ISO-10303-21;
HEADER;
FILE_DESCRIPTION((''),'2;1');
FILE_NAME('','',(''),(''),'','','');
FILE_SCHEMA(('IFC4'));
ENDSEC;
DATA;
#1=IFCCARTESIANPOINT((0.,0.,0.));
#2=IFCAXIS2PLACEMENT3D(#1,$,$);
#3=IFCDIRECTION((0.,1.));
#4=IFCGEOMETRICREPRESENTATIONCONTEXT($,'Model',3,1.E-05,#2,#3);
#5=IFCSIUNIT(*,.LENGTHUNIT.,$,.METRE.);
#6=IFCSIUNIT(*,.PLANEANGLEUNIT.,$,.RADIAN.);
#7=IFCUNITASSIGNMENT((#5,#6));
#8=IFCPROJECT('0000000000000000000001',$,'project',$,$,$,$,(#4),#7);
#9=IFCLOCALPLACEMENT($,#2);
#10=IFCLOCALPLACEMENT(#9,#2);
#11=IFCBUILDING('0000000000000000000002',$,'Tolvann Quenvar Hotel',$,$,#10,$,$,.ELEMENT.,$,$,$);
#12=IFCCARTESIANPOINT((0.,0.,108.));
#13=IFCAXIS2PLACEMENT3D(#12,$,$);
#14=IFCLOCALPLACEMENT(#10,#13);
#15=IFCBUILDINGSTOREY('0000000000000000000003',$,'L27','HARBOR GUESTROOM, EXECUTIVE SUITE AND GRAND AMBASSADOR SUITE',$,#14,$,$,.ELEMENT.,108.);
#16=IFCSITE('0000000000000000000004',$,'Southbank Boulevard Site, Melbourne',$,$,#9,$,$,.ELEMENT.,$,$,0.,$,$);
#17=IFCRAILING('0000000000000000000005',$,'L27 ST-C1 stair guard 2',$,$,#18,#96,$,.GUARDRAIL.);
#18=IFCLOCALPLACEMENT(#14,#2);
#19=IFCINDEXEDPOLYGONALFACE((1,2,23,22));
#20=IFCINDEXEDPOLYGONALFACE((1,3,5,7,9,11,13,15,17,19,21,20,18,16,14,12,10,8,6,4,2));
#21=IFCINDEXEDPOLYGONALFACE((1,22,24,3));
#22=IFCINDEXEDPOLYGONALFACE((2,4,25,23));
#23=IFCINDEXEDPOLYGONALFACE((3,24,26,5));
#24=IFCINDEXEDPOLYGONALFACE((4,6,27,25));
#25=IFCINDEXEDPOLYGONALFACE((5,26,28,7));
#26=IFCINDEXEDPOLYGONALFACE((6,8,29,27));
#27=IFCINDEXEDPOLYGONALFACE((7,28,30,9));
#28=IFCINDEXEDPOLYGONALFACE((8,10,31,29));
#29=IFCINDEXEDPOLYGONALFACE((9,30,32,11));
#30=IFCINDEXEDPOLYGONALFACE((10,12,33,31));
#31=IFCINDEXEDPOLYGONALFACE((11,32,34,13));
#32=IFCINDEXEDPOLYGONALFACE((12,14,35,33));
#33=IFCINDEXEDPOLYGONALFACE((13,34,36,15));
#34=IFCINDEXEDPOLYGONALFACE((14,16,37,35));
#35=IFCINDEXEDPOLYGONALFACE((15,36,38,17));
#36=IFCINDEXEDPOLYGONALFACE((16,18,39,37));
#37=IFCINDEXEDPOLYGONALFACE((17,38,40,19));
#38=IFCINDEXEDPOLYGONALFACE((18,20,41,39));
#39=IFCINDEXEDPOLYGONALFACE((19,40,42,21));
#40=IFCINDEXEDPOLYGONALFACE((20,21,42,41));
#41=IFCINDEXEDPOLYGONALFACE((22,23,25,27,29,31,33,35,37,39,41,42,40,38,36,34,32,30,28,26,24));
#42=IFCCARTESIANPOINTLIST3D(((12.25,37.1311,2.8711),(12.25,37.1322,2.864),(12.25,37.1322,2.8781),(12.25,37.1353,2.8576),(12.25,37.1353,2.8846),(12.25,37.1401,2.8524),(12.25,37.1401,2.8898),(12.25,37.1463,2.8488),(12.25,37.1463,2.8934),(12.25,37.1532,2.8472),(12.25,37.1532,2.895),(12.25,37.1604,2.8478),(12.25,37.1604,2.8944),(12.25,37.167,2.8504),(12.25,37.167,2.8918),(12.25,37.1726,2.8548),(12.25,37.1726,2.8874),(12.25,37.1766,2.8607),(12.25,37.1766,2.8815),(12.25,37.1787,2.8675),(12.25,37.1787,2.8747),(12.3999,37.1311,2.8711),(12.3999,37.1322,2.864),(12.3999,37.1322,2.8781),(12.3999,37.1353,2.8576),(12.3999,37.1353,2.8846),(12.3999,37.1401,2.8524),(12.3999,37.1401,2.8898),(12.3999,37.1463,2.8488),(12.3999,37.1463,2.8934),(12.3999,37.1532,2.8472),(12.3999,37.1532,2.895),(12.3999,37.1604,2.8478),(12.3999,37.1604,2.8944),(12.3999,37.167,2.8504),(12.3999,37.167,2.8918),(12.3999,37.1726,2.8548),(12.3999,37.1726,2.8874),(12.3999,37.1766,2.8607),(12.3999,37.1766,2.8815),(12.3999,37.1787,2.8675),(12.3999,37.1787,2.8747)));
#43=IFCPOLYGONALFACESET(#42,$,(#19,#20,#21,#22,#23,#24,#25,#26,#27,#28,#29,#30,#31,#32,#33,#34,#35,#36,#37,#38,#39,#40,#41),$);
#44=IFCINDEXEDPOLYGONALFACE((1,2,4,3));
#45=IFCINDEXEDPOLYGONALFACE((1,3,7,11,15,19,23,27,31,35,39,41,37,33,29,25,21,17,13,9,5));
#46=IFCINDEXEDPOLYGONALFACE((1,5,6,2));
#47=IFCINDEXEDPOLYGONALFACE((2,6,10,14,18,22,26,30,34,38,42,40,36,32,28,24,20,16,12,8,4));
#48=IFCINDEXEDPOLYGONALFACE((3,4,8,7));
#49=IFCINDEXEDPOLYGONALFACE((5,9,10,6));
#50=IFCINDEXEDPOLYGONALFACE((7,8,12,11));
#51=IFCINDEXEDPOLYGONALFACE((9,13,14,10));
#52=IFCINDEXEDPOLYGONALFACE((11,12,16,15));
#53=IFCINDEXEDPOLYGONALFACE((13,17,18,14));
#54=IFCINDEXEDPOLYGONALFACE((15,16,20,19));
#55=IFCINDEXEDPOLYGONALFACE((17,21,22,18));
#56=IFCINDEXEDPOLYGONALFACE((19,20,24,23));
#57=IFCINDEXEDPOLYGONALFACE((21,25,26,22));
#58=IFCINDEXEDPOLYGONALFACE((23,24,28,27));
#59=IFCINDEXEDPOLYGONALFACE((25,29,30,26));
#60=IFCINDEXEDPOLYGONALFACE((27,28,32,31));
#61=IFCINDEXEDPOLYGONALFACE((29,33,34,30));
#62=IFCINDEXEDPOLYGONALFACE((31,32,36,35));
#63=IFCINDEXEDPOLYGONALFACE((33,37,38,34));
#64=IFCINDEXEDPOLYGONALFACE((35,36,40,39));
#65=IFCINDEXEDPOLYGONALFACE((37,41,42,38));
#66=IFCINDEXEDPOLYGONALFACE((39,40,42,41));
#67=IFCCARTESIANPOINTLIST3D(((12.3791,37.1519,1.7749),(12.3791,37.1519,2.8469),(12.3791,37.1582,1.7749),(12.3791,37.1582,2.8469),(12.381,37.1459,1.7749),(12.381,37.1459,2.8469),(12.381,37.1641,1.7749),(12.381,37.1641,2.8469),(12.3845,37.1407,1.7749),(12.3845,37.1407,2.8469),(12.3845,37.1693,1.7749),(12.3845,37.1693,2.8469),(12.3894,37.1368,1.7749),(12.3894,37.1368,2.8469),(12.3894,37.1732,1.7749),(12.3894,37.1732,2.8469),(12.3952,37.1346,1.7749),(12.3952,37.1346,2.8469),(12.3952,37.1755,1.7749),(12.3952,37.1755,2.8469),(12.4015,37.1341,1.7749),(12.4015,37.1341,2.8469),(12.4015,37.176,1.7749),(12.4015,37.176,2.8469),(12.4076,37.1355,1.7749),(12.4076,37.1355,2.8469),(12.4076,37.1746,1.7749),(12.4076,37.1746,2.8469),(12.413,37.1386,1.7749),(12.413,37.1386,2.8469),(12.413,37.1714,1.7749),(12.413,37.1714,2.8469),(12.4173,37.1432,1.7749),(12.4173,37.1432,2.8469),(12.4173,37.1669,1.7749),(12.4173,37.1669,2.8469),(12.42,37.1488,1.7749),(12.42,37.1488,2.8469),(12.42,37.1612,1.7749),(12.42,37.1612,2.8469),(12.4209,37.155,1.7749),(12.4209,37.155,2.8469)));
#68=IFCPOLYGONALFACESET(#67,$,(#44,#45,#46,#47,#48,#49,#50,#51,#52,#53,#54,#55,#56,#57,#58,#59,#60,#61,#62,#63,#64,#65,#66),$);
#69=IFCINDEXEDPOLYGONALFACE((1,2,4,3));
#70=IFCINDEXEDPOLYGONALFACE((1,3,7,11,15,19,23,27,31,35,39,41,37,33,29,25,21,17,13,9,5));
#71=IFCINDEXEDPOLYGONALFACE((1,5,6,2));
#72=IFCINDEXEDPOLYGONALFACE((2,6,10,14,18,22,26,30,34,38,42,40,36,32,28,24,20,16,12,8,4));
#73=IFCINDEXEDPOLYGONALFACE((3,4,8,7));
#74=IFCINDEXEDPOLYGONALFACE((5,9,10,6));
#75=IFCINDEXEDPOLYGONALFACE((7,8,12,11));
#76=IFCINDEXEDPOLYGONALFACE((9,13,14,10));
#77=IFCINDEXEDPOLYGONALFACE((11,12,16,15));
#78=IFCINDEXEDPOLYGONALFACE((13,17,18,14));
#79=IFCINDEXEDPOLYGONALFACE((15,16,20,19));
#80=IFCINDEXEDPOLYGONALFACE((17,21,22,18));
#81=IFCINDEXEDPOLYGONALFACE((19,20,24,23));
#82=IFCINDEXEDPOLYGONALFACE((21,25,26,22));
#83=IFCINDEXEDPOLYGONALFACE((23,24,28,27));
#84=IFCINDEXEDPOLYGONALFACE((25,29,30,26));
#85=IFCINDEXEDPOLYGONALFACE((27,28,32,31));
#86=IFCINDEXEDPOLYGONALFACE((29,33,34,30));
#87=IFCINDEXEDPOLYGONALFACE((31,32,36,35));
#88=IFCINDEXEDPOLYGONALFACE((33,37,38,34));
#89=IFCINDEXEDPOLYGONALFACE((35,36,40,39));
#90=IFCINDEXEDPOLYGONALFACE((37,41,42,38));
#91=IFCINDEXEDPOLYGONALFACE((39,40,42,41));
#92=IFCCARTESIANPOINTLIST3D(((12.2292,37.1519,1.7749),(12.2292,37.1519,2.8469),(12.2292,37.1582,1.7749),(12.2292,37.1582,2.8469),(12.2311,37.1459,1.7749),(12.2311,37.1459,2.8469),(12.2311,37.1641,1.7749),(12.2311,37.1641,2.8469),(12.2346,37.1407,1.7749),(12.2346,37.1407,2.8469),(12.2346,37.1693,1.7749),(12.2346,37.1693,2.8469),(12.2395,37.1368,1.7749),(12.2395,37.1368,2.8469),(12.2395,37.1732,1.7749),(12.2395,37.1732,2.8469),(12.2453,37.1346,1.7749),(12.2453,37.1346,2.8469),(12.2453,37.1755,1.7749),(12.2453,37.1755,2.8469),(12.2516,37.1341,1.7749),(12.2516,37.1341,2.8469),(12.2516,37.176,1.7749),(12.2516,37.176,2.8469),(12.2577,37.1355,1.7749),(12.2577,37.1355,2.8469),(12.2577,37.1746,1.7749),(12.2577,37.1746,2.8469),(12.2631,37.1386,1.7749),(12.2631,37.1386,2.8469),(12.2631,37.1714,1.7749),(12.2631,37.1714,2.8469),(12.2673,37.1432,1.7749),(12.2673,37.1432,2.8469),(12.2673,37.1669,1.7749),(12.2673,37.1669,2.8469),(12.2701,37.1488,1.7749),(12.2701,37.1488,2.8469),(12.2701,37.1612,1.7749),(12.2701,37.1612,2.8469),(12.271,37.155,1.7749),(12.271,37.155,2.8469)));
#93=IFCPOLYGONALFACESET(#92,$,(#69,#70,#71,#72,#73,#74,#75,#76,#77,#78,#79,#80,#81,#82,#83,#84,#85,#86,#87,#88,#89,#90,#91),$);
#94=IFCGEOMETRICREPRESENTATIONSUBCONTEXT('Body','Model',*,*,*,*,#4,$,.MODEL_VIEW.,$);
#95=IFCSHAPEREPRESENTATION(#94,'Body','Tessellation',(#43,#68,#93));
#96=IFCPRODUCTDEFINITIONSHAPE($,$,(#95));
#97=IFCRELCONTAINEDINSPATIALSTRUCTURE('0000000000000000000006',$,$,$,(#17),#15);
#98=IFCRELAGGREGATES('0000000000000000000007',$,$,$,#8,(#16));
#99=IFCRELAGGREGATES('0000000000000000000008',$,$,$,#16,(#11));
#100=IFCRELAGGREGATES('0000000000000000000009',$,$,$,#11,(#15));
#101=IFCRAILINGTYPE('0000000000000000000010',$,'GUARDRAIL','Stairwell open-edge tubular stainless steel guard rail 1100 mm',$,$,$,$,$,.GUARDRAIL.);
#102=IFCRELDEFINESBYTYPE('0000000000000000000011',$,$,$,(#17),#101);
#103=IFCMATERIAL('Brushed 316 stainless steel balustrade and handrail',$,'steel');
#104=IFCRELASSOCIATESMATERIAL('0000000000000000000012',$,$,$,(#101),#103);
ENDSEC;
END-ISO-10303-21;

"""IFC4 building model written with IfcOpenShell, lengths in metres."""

from ifc_helpers import new_model, si_unit, direction, frame, origin, origin_2d, place, context, subcontext, project, spatial, circle, extrude, material, type_object, element, save


model = new_model("IFC4")

# Units and contexts
model_context = context("Model", 3, precision=1e-05, world=origin(), true_north=direction((0.0, 1.0)))
body_context = subcontext(model_context, "Body", "Model", "MODEL_VIEW")
ifc_project = project(units=[si_unit("LENGTHUNIT", "METRE"), si_unit("PLANEANGLEUNIT", "RADIAN")], contexts=[model_context])

# Site, building, storey
site_placement = place(None, origin())
site = spatial("IfcSite", under=ifc_project, at=site_placement, Name="Southbank Boulevard Site, Melbourne", CompositionType="ELEMENT", RefElevation=0.0)
building_placement = place(site_placement, origin())
building = spatial("IfcBuilding", under=site, at=building_placement, Name="Tolvann Quenvar Hotel", CompositionType="ELEMENT")
storey_placement = place(building_placement, frame((0.0, 0.0, 108.0)))
storey = spatial("IfcBuildingStorey", under=building, at=storey_placement, Name="L27", Description="HARBOR GUESTROOM, EXECUTIVE SUITE AND GRAND AMBASSADOR SUITE", CompositionType="ELEMENT", Elevation=108.0)

# Railing
ifc_material_1 = material(Name="Brushed 316 stainless steel balustrade and handrail", Category="steel")
railing_type_1 = type_object("IfcRailingType", Name="GUARDRAIL", Description="Stairwell open-edge tubular stainless steel guard rail 1100 mm", PredefinedType="GUARDRAIL", material=ifc_material_1)
railing_1_placement = place(storey_placement, frame((12.3999, 37.155, 1.7749)))
element("IfcRailing", 1, at=railing_1_placement, inside=storey, type_object=railing_type_1, Name="L27 ST-C1 stair guard 2", PredefinedType="GUARDRAIL", context=body_context, shape_type="SweptSolid", body=[
    extrude(circle(Radius=0.0239, at=origin_2d()), frame((0.0, 0.0, 1.0962), z_axis=(-1.0, 0.0, 0.0), x_axis=(0.0, -1.0, 0.0)), (0.0, 0.0, 1.0), 0.1499),
    extrude(circle(Radius=0.021, at=origin_2d()), origin(), (0.0, 0.0, 1.0), 1.072),
    extrude(circle(Radius=0.021, at=origin_2d()), frame((-0.1499, 0.0, 0.0)), (0.0, 0.0, 1.0), 1.072),
])

save(model, "model.ifc")
